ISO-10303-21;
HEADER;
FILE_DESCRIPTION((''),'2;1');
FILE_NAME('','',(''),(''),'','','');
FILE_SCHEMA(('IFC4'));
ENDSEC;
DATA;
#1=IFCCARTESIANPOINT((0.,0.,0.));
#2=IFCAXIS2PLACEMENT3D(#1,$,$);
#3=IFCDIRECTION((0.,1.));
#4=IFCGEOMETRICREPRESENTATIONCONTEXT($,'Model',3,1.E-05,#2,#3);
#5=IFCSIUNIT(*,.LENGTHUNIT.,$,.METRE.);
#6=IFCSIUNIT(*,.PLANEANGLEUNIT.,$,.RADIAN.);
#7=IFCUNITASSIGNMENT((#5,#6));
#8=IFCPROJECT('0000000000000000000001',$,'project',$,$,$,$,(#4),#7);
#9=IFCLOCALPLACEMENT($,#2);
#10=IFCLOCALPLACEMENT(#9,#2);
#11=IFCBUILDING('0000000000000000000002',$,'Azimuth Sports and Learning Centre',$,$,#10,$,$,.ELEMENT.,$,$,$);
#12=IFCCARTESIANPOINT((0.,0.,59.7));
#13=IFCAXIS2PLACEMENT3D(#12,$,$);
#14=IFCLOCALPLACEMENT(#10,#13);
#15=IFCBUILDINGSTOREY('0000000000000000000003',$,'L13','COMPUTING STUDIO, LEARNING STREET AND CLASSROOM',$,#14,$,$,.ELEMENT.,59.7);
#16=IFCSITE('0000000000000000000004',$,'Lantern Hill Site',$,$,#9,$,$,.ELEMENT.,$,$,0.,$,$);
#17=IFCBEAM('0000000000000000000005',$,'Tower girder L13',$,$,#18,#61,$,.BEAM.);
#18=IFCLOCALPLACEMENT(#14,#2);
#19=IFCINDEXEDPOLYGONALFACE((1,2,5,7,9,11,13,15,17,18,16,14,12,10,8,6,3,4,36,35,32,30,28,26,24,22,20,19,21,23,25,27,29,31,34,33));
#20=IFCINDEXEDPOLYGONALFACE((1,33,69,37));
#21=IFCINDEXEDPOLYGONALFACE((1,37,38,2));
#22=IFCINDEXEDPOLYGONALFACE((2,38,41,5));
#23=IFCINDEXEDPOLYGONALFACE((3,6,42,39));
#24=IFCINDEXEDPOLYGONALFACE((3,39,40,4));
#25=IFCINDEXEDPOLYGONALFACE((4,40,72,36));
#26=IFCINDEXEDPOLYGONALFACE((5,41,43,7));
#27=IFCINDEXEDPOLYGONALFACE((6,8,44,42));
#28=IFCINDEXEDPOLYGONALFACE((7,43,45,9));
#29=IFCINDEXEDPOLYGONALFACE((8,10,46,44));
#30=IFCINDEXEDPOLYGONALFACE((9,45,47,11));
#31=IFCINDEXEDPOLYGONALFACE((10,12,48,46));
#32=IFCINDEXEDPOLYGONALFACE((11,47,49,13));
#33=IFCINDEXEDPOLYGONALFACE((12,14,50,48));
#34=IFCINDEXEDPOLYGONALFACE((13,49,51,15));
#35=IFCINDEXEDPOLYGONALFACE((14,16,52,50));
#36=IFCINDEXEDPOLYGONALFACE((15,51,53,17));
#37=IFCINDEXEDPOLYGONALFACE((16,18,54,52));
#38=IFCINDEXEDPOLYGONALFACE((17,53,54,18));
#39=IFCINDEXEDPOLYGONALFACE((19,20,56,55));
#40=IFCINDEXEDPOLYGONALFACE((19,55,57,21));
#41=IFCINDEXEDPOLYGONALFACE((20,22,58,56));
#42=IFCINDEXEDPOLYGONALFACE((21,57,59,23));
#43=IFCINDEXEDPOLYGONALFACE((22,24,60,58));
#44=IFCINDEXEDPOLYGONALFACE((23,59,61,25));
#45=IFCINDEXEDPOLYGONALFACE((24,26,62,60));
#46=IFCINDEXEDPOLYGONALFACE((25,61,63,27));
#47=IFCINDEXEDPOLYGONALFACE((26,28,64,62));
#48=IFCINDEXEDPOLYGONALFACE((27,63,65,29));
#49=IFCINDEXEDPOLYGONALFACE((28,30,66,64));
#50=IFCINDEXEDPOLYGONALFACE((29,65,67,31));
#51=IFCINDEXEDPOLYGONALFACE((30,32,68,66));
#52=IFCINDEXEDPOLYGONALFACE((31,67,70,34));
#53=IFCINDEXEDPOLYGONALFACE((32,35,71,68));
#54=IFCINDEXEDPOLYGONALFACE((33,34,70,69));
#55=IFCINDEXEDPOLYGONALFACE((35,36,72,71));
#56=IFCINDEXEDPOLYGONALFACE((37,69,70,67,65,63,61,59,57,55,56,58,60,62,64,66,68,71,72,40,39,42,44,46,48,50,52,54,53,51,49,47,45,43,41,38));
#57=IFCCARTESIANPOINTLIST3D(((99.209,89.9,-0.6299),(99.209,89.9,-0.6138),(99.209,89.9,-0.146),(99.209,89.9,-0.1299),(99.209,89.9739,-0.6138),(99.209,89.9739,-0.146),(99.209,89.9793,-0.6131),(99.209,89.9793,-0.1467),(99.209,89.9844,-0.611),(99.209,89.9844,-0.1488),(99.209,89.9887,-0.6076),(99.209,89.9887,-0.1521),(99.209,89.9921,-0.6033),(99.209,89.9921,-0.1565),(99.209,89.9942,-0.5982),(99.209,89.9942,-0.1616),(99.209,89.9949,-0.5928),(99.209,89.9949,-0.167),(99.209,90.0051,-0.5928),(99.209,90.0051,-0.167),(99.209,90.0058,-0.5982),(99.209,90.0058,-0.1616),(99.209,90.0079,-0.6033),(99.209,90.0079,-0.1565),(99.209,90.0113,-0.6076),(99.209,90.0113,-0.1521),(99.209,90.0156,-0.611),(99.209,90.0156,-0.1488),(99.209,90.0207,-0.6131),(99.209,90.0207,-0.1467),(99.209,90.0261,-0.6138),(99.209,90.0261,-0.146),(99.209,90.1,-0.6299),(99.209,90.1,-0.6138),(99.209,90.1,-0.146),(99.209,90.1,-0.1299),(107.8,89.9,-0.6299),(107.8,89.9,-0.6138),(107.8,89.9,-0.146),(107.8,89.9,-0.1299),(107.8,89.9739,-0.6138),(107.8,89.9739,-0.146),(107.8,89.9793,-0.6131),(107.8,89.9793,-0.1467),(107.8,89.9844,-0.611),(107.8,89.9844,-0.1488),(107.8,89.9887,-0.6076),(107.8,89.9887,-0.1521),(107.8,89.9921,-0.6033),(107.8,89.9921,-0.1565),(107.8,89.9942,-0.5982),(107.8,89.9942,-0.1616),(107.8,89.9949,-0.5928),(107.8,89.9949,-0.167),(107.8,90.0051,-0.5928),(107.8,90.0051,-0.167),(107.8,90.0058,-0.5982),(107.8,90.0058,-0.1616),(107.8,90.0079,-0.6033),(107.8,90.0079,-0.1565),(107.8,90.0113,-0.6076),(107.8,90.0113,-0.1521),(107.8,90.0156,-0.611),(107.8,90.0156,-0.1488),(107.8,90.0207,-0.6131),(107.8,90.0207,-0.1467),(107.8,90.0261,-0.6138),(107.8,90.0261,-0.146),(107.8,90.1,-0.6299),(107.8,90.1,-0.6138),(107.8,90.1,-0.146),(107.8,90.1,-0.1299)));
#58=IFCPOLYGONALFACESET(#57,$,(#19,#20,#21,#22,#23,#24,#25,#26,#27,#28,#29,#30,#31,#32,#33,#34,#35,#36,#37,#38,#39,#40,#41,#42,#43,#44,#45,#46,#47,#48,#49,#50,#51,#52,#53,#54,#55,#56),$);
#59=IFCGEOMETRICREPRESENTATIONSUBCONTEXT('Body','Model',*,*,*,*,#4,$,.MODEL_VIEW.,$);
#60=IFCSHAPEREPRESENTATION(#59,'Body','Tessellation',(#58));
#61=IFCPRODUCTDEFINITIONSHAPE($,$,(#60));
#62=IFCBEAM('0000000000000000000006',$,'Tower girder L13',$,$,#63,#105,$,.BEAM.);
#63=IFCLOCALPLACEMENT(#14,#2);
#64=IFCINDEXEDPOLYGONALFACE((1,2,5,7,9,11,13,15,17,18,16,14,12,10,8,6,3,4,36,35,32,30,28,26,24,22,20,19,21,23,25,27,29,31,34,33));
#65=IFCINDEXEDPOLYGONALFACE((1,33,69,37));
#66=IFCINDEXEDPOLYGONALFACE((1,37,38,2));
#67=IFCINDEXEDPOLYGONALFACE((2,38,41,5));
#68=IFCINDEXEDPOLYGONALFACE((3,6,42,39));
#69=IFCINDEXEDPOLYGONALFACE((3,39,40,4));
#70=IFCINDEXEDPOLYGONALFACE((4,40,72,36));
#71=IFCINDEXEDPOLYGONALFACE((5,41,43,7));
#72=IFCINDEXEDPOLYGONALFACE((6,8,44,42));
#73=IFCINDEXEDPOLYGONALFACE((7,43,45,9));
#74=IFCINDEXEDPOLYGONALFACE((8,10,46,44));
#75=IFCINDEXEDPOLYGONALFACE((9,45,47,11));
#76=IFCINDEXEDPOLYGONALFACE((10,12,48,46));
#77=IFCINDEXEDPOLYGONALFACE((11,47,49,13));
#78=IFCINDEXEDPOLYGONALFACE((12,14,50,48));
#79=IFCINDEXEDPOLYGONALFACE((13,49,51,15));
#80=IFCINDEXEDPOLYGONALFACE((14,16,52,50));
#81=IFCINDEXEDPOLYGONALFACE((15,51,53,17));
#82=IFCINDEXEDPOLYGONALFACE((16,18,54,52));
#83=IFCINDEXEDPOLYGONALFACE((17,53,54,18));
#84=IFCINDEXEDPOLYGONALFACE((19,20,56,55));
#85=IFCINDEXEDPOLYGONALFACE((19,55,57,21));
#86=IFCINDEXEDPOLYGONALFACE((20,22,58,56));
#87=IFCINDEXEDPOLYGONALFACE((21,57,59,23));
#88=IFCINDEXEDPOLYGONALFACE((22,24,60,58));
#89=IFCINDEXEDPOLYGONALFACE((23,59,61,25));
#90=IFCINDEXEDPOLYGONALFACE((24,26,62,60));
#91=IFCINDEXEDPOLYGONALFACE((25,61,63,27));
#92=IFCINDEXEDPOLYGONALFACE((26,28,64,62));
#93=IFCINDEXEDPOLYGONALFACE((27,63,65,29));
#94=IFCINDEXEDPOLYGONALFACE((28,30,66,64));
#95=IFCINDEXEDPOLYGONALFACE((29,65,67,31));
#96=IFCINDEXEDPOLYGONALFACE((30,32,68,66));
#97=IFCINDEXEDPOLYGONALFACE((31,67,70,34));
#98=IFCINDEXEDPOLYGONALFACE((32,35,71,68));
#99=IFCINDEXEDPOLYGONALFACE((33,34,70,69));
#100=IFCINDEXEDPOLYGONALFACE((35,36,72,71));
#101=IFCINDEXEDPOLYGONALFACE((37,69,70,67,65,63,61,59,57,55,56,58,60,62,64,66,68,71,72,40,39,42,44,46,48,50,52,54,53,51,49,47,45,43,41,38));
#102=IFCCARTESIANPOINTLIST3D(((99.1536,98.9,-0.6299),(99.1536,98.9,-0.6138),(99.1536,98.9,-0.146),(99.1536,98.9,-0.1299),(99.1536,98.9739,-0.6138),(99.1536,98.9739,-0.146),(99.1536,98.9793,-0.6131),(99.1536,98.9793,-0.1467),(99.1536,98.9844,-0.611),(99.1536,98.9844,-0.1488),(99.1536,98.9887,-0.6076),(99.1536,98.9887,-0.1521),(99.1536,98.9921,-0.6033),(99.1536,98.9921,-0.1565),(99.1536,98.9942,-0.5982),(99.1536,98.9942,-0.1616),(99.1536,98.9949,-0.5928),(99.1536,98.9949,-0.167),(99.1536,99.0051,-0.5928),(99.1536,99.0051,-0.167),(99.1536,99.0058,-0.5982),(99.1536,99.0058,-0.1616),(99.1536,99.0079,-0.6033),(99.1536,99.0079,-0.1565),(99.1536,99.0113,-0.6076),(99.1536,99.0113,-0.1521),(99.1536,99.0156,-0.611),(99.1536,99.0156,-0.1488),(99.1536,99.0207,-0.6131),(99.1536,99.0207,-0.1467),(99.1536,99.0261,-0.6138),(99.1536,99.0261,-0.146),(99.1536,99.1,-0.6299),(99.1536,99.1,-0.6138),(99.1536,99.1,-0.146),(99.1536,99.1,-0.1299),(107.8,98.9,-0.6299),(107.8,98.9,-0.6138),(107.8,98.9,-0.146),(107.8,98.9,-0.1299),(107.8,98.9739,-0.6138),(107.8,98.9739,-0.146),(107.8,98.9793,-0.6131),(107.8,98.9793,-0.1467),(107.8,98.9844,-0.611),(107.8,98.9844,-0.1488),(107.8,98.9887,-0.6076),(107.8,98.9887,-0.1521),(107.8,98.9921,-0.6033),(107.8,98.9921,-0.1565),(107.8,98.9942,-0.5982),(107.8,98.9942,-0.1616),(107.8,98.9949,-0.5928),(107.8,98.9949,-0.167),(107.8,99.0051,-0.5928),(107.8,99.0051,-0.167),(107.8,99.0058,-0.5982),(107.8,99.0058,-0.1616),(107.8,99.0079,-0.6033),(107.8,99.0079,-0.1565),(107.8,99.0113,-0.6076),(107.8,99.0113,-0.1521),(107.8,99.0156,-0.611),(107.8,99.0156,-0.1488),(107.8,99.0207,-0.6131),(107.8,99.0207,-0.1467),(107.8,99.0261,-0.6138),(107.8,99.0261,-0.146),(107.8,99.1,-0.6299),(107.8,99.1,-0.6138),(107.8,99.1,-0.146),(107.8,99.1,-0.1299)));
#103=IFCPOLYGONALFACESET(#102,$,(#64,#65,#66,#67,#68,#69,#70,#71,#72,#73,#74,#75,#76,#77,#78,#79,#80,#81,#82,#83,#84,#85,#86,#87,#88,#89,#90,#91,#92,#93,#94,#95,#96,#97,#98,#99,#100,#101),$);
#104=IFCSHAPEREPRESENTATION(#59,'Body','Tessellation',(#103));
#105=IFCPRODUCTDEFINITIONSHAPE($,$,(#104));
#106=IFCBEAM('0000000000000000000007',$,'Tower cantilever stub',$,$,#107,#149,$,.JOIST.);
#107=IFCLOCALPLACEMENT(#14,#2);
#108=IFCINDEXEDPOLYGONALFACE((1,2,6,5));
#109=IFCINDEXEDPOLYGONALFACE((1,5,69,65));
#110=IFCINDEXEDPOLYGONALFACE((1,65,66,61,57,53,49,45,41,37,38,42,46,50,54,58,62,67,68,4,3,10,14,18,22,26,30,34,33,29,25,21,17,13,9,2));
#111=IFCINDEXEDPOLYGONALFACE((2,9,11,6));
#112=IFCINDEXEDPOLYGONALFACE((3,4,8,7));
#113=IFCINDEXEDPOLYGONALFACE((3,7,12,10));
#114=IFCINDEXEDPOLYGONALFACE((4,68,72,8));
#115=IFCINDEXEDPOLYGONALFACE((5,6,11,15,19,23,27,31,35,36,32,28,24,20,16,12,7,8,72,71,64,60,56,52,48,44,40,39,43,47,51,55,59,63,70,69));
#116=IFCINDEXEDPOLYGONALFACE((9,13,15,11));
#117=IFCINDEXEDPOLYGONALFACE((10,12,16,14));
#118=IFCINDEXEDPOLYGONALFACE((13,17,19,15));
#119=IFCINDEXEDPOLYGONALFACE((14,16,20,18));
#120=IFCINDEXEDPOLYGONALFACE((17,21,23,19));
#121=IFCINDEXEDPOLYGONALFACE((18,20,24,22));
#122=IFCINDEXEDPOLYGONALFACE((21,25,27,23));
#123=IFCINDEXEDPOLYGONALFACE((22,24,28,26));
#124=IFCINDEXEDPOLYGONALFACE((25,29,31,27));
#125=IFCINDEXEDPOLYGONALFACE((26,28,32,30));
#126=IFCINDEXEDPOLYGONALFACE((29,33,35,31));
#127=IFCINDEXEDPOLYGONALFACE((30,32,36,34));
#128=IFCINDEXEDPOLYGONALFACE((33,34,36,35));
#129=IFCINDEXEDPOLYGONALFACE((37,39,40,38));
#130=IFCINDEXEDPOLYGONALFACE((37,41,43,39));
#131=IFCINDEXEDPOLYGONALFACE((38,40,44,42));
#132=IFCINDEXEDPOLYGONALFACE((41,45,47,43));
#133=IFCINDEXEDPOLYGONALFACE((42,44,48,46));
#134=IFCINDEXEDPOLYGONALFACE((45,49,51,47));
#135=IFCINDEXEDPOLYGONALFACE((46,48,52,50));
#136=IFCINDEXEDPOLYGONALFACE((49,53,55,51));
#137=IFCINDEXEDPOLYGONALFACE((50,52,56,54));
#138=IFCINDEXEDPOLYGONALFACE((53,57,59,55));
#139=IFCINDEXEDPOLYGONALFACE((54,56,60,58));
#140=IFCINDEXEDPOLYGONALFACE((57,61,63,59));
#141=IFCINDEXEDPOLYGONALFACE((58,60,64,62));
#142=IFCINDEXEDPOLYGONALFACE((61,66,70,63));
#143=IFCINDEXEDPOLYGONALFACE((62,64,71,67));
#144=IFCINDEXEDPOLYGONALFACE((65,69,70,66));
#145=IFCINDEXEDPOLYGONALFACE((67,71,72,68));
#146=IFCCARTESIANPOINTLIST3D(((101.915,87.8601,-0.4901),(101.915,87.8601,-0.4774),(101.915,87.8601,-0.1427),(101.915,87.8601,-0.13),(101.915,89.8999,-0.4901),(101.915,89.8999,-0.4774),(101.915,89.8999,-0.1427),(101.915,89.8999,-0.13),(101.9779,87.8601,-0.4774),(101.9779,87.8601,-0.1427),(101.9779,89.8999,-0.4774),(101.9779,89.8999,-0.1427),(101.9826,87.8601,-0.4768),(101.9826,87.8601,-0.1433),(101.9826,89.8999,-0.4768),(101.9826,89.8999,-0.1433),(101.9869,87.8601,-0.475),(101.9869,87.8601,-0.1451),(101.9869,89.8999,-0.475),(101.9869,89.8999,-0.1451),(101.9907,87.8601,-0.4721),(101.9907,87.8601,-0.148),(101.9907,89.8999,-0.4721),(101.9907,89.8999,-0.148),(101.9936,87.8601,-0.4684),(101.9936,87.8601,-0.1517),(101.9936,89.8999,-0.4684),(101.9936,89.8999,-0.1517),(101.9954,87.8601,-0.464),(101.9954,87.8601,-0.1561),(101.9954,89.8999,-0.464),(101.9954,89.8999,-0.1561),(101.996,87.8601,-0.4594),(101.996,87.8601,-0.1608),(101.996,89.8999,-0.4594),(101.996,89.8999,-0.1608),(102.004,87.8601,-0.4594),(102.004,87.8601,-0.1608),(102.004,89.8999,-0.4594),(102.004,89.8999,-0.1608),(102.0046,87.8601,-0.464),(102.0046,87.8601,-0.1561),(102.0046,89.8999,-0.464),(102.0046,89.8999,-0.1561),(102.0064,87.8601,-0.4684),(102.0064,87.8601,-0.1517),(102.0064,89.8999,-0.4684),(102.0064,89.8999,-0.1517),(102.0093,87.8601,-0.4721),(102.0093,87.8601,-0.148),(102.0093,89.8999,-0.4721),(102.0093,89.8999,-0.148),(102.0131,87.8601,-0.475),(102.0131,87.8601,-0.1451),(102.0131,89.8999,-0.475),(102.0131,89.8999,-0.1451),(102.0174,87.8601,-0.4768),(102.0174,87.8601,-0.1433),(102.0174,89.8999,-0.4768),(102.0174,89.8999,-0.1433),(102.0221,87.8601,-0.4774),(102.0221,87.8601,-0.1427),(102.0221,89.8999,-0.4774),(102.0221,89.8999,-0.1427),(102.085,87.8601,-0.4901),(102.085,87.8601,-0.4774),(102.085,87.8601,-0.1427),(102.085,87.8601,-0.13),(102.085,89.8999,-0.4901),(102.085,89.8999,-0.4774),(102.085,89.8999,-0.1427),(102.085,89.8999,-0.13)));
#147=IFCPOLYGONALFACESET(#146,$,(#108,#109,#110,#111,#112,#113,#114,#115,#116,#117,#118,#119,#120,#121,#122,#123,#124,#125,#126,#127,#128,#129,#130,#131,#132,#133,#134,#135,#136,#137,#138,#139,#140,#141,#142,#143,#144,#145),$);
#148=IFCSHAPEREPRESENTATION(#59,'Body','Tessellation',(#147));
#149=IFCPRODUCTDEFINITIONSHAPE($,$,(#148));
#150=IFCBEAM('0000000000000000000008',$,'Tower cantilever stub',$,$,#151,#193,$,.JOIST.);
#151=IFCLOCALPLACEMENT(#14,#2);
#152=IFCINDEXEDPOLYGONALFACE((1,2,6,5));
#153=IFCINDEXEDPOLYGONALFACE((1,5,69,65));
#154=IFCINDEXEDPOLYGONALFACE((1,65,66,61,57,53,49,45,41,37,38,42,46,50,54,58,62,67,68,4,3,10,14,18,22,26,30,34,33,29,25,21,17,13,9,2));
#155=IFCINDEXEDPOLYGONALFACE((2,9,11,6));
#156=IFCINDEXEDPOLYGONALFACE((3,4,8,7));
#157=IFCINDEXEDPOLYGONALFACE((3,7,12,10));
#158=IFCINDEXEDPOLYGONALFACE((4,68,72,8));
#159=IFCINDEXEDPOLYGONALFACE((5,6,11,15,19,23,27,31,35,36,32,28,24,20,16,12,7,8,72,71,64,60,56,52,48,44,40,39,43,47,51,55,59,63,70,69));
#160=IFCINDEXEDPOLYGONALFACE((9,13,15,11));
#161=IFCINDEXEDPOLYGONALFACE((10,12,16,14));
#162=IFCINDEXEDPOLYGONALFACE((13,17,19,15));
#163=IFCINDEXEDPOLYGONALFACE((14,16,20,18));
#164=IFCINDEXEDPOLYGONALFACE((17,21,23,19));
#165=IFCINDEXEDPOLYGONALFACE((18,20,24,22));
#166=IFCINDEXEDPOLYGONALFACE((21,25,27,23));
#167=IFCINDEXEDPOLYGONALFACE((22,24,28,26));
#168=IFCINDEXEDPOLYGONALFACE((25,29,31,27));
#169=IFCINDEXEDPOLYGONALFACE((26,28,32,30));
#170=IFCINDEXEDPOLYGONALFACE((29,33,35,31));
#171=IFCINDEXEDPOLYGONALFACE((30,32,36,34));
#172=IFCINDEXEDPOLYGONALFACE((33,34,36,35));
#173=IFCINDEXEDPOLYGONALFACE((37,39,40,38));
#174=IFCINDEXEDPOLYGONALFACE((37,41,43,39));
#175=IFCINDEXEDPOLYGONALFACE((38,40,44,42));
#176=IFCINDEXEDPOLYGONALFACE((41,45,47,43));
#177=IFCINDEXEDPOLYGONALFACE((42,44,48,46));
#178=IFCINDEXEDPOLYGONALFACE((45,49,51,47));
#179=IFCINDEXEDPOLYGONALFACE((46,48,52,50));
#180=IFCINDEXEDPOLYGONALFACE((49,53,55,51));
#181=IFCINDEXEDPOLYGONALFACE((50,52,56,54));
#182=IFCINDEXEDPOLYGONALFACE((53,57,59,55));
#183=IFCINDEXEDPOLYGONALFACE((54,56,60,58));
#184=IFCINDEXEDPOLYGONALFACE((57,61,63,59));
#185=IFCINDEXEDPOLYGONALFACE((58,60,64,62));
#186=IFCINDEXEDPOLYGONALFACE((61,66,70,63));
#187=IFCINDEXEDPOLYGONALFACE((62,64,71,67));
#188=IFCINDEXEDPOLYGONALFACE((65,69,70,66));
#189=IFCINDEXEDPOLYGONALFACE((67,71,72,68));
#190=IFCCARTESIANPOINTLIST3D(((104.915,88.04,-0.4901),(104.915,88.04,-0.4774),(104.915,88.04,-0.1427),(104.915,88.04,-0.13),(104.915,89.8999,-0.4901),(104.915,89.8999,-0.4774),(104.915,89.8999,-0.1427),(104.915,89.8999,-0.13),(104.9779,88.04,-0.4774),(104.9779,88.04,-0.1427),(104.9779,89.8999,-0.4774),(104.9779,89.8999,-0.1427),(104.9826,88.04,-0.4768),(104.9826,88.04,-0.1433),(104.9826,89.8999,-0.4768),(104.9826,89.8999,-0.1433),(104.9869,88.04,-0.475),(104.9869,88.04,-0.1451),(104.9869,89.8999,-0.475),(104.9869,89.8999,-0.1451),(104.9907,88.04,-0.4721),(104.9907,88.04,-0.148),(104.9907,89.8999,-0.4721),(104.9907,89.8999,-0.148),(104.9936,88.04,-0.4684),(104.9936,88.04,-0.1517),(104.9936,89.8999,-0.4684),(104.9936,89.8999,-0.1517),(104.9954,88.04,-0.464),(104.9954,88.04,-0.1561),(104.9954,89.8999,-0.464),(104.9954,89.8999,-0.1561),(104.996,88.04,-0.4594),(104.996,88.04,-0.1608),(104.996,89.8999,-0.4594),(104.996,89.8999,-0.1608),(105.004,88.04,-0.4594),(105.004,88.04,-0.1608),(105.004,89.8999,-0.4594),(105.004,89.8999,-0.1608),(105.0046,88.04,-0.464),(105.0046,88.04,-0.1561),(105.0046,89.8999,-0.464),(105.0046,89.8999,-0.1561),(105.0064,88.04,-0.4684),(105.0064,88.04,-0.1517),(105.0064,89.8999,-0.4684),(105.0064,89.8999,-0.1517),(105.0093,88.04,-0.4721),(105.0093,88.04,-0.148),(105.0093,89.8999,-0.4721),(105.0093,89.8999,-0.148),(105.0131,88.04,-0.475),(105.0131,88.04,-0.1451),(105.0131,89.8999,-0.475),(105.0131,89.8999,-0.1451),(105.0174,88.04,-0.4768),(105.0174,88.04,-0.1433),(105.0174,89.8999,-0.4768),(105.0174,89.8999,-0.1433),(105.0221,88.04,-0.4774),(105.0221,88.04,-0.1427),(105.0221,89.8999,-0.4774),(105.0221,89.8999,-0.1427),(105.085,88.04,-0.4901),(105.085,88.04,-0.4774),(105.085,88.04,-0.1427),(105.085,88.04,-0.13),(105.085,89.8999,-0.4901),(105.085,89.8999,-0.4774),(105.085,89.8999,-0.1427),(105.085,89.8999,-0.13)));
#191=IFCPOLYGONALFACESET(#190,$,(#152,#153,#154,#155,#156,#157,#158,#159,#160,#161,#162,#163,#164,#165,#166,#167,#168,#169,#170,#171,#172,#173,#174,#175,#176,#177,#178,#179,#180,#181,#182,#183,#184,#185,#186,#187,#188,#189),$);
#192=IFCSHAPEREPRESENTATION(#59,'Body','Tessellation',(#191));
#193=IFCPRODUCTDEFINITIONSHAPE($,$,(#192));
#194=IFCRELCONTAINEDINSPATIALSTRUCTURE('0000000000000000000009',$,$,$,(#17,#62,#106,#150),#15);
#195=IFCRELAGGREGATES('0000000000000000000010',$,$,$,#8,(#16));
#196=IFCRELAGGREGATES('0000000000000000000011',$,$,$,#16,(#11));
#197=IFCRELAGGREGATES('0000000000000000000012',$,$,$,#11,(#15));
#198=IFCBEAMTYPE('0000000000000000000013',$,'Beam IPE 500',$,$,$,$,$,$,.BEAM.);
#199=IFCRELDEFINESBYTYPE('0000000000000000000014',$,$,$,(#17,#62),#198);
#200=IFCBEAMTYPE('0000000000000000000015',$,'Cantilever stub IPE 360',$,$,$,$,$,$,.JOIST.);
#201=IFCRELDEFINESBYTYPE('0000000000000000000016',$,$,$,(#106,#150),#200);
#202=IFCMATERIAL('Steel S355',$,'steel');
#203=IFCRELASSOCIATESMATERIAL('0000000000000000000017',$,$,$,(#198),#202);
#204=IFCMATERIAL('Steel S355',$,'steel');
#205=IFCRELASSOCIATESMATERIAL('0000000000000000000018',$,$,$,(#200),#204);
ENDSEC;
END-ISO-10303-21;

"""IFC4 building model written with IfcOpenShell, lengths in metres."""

from ifc_helpers import new_model, si_unit, direction, frame, origin, origin_2d, place, context, subcontext, project, spatial, i_section, extrude, material, material_profile, profile_set, type_object, element, save


model = new_model("IFC4")

# Units and contexts
model_context = context("Model", 3, precision=1e-05, world=origin(), true_north=direction((0.0, 1.0)))
body_context = subcontext(model_context, "Body", "Model", "MODEL_VIEW")
ifc_project = project(units=[si_unit("LENGTHUNIT", "METRE"), si_unit("PLANEANGLEUNIT", "RADIAN")], contexts=[model_context])

# Site, building, storey
site_placement = place(None, origin())
site = spatial("IfcSite", under=ifc_project, at=site_placement, Name="Lantern Hill Site", CompositionType="ELEMENT", RefElevation=0.0)
building_placement = place(site_placement, origin())
building = spatial("IfcBuilding", under=site, at=building_placement, Name="Azimuth Sports and Learning Centre", CompositionType="ELEMENT")
storey_placement = place(building_placement, frame((0.0, 0.0, 59.7)))
storey = spatial("IfcBuildingStorey", under=building, at=storey_placement, Name="L13", Description="COMPUTING STUDIO, LEARNING STREET AND CLASSROOM", CompositionType="ELEMENT", Elevation=59.7)

# Beams
ifc_material_1 = material(Name="Steel S355", Category="steel")
ifc_material_profile_1 = material_profile(ifc_material_1, i_section(OverallWidth=0.2, OverallDepth=0.5, WebThickness=0.0103, FlangeThickness=0.0161, FilletRadius=0.021, at=origin_2d()), Name="IPE 500")
ifc_profile_set_1 = profile_set([ifc_material_profile_1], Name="Steel S355")
beam_type_1 = type_object("IfcBeamType", Name="Beam IPE 500", PredefinedType="BEAM", material=ifc_profile_set_1)
beam_1_placement = place(storey_placement, frame((99.209, 90.0, -0.3799), z_axis=(1.0, 0.0, 0.0), x_axis=(0.0, 1.0, 0.0)))
element("IfcBeam", 1, at=beam_1_placement, inside=storey, type_object=beam_type_1, Name="Tower girder L13", PredefinedType="BEAM", context=body_context, shape_type="SweptSolid", body=[
    extrude(i_section(OverallWidth=0.2, OverallDepth=0.5, WebThickness=0.0103, FlangeThickness=0.0161, FilletRadius=0.021, at=origin_2d()), origin(), (0.0, 0.0, 1.0), 8.5911),
])
beam_2_placement = place(storey_placement, frame((99.1536, 99.0, -0.3799), z_axis=(1.0, 0.0, 0.0), x_axis=(0.0, 1.0, 0.0)))
element("IfcBeam", 2, at=beam_2_placement, inside=storey, type_object=beam_type_1, Name="Tower girder L13", PredefinedType="BEAM", context=body_context, shape_type="SweptSolid", body=[
    extrude(i_section(OverallWidth=0.2, OverallDepth=0.5, WebThickness=0.0103, FlangeThickness=0.0161, FilletRadius=0.021, at=origin_2d()), origin(), (0.0, 0.0, 1.0), 8.6465),
])
ifc_material_2 = material(Name="Steel S355", Category="steel")
ifc_material_profile_2 = material_profile(ifc_material_2, i_section(OverallWidth=0.1699, OverallDepth=0.3601, WebThickness=0.0081, FlangeThickness=0.0127, FilletRadius=0.0181, at=origin_2d()), Name="IPE 360")
ifc_profile_set_2 = profile_set([ifc_material_profile_2], Name="Steel S355")
beam_type_2 = type_object("IfcBeamType", Name="Cantilever stub IPE 360", PredefinedType="JOIST", material=ifc_profile_set_2)
beam_3_placement = place(storey_placement, frame((102.0, 89.8999, -0.3101), z_axis=(0.0, -1.0, 0.0), x_axis=(1.0, 0.0, 0.0)))
element("IfcBeam", 3, at=beam_3_placement, inside=storey, type_object=beam_type_2, Name="Tower cantilever stub", PredefinedType="JOIST", context=body_context, shape_type="SweptSolid", body=[
    extrude(i_section(OverallWidth=0.1699, OverallDepth=0.3601, WebThickness=0.0081, FlangeThickness=0.0127, FilletRadius=0.0181, at=origin_2d()), origin(), (0.0, 0.0, 1.0), 2.0398),
])
beam_4_placement = place(storey_placement, frame((105.0, 89.8999, -0.3101), z_axis=(0.0, -1.0, 0.0), x_axis=(1.0, 0.0, 0.0)))
element("IfcBeam", 4, at=beam_4_placement, inside=storey, type_object=beam_type_2, Name="Tower cantilever stub", PredefinedType="JOIST", context=body_context, shape_type="SweptSolid", body=[
    extrude(i_section(OverallWidth=0.1699, OverallDepth=0.3601, WebThickness=0.0081, FlangeThickness=0.0127, FilletRadius=0.0181, at=origin_2d()), origin(), (0.0, 0.0, 1.0), 1.8599),
])

save(model, "model.ifc")
